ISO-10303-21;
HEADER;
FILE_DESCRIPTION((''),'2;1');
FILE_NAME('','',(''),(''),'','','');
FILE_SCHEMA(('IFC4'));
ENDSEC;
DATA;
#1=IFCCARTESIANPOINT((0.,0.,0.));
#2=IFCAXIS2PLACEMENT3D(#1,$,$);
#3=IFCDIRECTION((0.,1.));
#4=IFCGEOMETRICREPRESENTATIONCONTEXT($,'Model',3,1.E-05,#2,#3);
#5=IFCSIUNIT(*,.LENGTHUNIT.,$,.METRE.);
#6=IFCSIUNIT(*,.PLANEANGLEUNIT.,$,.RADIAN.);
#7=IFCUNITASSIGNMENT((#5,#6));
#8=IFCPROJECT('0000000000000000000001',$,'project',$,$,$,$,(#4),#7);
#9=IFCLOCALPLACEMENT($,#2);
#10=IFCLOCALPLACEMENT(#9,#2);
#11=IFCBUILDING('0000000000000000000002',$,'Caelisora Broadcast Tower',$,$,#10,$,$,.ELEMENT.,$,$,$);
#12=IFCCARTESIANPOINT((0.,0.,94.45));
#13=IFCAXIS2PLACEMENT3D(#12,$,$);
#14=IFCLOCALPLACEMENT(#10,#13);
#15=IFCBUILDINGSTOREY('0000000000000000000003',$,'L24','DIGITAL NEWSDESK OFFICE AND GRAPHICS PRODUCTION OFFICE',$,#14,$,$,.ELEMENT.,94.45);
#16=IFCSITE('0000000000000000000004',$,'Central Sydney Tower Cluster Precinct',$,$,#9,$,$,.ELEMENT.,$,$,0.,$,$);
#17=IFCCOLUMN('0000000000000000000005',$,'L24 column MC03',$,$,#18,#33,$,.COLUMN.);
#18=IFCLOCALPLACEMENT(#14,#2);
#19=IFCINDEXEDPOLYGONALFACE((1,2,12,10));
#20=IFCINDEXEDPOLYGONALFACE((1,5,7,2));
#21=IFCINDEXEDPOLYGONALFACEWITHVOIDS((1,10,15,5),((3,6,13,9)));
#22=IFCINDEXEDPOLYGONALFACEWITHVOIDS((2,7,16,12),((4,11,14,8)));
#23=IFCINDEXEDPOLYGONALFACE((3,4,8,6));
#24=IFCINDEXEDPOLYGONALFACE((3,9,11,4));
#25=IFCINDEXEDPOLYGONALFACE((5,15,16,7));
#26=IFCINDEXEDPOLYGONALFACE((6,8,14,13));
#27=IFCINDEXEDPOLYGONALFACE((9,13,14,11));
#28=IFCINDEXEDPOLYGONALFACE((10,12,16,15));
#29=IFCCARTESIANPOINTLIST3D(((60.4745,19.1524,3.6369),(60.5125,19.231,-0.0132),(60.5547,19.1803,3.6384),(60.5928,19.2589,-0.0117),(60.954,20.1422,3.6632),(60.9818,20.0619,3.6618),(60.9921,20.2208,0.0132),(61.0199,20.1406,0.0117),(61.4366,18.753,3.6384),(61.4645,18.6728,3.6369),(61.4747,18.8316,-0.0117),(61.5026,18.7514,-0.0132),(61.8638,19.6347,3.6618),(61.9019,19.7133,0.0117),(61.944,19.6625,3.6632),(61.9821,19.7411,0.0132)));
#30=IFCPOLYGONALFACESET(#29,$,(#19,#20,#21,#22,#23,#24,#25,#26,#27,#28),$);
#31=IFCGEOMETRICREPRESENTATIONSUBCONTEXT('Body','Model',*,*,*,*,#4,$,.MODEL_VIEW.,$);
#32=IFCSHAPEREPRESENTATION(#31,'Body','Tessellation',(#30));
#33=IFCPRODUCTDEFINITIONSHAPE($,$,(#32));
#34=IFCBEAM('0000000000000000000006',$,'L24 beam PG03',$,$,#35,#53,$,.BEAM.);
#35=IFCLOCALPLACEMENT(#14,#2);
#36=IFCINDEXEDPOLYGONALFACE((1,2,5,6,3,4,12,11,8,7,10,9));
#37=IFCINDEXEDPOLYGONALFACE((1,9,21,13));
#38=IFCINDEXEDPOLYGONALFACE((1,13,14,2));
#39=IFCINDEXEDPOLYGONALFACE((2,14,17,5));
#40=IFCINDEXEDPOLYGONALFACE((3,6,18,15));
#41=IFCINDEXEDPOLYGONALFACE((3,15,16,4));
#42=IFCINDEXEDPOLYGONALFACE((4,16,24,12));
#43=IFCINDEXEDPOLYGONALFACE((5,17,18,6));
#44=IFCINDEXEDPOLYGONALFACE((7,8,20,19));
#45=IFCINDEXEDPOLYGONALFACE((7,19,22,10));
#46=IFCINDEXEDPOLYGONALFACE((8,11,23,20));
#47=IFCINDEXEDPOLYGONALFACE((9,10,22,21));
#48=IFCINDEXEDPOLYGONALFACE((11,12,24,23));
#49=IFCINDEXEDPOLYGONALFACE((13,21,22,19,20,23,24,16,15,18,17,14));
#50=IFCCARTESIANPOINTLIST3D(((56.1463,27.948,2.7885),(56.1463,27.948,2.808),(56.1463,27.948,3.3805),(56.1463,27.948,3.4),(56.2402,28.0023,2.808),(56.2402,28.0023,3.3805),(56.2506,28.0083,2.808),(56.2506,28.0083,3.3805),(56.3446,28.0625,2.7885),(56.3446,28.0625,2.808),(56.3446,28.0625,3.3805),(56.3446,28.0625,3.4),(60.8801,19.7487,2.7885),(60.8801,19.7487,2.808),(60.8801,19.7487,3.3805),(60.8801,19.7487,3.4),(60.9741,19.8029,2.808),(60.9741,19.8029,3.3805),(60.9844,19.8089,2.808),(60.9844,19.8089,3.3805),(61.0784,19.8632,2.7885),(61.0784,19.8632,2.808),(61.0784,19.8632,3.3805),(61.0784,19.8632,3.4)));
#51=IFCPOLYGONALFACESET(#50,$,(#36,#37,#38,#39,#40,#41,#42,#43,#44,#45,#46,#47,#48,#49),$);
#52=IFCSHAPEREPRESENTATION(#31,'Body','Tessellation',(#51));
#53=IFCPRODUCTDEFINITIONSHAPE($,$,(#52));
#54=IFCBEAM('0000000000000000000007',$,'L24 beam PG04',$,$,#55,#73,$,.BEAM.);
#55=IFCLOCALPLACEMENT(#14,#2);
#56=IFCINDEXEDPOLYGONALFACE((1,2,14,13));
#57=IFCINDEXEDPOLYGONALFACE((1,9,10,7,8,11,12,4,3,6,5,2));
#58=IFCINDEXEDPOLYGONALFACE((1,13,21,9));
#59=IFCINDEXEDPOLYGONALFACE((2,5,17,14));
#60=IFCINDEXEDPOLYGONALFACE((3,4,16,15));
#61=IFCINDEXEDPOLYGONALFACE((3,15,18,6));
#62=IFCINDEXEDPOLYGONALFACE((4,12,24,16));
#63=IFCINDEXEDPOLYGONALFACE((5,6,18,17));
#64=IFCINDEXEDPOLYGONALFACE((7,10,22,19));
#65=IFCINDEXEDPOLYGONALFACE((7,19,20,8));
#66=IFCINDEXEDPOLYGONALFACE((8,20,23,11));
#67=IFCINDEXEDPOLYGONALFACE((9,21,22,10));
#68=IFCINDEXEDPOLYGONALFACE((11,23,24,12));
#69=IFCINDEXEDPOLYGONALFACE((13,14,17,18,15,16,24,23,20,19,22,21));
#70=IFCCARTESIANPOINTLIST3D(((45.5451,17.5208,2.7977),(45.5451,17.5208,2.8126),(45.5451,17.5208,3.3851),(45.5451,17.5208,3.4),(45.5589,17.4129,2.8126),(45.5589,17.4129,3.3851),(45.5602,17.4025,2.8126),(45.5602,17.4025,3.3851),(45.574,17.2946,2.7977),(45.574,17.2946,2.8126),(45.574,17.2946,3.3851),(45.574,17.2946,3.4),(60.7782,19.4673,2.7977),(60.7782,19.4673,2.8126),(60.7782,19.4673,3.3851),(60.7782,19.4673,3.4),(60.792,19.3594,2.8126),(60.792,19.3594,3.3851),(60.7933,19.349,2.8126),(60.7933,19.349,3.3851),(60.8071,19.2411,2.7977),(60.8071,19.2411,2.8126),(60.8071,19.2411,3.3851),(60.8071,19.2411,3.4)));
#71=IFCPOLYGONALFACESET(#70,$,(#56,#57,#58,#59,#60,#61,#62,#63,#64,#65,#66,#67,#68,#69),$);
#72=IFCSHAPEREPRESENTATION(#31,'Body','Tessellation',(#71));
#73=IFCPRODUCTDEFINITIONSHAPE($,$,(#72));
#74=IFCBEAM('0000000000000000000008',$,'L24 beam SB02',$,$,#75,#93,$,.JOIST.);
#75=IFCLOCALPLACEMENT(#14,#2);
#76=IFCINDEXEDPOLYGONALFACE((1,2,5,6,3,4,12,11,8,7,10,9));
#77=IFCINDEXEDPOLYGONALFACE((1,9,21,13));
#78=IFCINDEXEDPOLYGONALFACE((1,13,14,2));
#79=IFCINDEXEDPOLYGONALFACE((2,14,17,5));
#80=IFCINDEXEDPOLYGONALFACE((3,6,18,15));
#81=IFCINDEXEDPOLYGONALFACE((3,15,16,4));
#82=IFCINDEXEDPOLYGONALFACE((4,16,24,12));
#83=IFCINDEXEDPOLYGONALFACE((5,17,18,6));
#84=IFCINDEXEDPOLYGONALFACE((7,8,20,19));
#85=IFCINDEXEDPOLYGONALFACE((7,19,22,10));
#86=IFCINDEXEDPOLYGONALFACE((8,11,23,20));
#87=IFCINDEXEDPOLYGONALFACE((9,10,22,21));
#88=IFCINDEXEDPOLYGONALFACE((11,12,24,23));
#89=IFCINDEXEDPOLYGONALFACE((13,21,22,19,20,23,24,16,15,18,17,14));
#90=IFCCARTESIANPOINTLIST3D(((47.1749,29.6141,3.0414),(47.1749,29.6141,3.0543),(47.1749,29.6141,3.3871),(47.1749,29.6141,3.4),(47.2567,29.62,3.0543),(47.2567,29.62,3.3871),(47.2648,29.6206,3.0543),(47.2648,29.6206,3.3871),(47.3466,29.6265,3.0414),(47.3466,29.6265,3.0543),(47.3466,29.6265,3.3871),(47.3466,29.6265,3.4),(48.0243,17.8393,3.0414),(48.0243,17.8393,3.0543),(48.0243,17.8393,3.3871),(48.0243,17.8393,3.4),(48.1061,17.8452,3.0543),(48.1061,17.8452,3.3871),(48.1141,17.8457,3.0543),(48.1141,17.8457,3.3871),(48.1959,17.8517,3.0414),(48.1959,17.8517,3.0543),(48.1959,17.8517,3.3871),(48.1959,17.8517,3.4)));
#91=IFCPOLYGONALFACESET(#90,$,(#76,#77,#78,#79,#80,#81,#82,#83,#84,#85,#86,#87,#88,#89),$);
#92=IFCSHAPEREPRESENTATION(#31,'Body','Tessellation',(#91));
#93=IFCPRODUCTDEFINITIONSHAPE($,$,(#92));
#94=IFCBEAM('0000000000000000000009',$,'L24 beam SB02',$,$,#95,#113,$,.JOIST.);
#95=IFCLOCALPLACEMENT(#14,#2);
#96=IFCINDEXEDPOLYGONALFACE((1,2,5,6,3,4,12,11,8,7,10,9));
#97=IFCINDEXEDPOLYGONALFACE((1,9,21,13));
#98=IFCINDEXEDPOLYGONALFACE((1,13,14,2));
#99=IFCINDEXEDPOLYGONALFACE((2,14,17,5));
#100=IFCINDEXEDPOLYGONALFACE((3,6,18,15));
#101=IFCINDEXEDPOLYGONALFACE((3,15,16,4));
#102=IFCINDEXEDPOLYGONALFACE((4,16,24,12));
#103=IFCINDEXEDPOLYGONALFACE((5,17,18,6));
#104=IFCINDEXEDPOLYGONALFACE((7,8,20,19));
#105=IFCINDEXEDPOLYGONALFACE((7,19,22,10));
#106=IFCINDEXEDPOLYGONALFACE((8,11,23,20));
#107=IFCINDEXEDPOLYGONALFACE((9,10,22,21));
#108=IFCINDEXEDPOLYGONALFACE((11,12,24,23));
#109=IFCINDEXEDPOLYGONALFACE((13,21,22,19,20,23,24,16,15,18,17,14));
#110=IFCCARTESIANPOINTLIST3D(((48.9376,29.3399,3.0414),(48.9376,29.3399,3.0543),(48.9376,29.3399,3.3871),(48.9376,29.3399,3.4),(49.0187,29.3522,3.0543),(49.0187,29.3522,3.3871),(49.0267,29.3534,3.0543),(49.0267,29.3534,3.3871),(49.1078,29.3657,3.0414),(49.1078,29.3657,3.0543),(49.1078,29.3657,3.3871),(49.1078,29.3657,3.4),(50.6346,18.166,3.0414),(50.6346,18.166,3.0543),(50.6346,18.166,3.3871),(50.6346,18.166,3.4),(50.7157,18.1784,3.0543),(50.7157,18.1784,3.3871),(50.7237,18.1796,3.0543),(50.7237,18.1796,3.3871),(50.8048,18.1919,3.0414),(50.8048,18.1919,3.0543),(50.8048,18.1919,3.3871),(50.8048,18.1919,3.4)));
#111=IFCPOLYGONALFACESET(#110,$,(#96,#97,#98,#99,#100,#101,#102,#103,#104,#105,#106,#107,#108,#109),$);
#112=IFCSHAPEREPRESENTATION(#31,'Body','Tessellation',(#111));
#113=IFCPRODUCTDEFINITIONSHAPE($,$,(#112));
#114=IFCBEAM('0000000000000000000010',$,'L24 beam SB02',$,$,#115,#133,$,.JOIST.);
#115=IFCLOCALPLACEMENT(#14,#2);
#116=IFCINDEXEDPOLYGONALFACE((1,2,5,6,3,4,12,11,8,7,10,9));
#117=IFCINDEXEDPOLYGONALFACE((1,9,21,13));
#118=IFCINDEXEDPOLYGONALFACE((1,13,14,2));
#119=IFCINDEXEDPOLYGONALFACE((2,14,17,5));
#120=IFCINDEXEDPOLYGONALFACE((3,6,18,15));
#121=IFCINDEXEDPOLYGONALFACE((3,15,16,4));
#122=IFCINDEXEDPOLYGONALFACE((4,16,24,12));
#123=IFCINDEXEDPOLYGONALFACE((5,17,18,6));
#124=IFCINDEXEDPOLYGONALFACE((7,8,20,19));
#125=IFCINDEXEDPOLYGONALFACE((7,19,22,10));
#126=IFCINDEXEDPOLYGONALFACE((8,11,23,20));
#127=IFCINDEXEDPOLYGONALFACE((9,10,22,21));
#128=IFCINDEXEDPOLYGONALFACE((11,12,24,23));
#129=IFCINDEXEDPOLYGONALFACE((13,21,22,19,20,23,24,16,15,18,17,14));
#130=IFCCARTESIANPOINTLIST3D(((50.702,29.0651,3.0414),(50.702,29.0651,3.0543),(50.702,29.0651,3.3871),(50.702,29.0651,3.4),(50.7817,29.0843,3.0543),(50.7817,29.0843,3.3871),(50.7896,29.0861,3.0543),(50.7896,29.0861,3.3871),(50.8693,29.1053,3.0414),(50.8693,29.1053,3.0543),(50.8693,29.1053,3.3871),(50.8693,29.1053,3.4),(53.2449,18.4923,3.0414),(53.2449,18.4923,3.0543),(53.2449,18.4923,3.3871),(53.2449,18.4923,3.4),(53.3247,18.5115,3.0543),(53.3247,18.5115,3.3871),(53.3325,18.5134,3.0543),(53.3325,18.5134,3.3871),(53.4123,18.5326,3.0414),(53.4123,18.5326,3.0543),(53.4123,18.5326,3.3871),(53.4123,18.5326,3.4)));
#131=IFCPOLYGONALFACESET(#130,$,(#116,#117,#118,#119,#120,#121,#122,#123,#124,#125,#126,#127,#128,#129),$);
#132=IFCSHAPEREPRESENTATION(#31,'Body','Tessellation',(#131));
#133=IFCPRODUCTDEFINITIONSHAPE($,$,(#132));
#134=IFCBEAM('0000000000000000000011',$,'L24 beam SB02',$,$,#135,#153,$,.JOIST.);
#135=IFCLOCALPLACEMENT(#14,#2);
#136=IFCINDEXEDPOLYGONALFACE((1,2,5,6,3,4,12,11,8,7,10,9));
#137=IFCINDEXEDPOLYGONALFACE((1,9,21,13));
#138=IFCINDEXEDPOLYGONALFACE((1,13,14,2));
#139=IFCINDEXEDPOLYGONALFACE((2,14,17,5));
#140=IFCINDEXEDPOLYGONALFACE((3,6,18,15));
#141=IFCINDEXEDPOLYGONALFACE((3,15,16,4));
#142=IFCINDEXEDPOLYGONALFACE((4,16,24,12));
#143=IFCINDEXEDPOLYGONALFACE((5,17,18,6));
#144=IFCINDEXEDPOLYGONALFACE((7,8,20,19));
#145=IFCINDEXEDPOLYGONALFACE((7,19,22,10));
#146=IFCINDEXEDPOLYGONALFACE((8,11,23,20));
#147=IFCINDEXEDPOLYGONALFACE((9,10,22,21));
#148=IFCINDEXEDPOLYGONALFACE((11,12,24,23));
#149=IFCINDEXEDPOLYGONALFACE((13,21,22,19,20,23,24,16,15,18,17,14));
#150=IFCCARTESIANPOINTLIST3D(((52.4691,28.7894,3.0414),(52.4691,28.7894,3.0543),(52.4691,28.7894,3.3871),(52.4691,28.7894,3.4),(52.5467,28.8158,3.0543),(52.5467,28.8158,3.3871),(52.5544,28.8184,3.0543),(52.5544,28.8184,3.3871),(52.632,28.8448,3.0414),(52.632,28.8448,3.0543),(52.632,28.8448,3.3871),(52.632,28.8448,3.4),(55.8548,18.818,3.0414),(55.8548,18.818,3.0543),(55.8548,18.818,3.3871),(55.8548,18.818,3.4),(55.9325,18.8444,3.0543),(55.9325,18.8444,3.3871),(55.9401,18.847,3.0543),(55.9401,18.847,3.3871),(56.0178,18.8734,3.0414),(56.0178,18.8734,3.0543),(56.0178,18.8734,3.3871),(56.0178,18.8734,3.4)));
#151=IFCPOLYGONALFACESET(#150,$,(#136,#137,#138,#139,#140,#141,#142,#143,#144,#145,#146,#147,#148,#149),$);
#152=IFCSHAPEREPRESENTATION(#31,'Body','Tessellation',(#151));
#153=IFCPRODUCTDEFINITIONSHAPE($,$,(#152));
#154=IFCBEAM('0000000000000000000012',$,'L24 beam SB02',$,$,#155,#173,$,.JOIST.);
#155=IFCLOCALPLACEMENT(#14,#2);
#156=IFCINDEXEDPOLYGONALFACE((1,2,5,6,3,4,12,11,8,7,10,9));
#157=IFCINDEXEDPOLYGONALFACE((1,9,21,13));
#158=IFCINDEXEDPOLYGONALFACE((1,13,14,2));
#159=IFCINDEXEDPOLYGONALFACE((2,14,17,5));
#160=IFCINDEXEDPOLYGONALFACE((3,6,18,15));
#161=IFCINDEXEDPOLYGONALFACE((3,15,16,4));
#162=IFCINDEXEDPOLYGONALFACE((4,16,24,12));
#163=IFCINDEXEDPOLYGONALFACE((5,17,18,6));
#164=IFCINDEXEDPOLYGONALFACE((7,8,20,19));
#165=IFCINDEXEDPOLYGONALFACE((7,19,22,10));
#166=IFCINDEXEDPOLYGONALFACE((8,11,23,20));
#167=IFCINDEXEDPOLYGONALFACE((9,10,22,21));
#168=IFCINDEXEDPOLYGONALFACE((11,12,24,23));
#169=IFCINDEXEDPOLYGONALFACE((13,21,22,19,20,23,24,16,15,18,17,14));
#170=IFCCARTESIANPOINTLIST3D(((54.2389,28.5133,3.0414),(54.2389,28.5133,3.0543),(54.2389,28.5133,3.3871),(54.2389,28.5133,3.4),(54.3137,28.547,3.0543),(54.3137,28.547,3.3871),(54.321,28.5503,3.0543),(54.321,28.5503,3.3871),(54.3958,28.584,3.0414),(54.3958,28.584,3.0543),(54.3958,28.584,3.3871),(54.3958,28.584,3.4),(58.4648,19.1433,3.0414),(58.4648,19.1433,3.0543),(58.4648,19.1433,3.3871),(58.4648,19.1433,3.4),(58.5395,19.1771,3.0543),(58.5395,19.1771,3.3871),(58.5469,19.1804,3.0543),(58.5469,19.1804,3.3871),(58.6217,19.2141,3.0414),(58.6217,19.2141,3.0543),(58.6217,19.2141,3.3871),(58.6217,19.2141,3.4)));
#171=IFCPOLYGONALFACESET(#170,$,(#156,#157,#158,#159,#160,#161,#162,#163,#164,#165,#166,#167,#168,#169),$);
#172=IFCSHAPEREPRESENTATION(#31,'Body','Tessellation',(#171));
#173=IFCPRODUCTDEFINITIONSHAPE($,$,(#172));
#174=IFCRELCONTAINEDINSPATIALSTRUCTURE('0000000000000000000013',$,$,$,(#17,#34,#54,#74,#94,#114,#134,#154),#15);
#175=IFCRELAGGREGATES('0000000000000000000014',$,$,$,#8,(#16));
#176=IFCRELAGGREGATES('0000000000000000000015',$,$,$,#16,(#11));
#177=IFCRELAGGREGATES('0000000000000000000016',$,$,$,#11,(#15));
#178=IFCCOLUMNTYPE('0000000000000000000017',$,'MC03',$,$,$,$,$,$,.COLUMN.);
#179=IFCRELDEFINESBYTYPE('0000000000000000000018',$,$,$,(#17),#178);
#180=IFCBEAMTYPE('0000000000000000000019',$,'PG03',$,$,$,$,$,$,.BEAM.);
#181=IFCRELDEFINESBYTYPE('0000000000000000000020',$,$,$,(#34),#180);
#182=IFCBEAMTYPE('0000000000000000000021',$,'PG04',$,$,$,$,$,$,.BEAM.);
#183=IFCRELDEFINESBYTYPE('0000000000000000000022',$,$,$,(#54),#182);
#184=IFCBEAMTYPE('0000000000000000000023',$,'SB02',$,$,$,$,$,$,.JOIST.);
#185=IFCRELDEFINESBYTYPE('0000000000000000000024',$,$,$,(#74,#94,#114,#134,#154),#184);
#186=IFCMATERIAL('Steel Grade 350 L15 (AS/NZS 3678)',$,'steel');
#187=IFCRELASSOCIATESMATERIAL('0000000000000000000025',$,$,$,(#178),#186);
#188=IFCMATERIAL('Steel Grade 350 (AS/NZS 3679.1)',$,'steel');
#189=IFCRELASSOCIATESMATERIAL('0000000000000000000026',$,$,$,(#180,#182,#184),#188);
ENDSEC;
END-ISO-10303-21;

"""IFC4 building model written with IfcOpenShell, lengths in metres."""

from ifc_helpers import new_model, si_unit, direction, frame, origin, origin_2d, place, context, subcontext, project, spatial, hollow_rectangle, i_section, extrude, source, transform, mapped, material, material_profile, profile_set, type_object, type_shapes, element, save


model = new_model("IFC4")

# Units and contexts
model_context = context("Model", 3, precision=1e-05, world=origin(), true_north=direction((0.0, 1.0)))
body_context = subcontext(model_context, "Body", "Model", "MODEL_VIEW")
ifc_project = project(units=[si_unit("LENGTHUNIT", "METRE"), si_unit("PLANEANGLEUNIT", "RADIAN")], contexts=[model_context])

# Site, building, storey
site_placement = place(None, origin())
site = spatial("IfcSite", under=ifc_project, at=site_placement, Name="Central Sydney Tower Cluster Precinct", CompositionType="ELEMENT", RefElevation=0.0)
building_placement = place(site_placement, origin())
building = spatial("IfcBuilding", under=site, at=building_placement, Name="Caelisora Broadcast Tower", CompositionType="ELEMENT")
storey_placement = place(building_placement, frame((0.0, 0.0, 94.45)))
storey = spatial("IfcBuildingStorey", under=building, at=storey_placement, Name="L24", Description="DIGITAL NEWSDESK OFFICE AND GRAPHICS PRODUCTION OFFICE", CompositionType="ELEMENT", Elevation=94.45)

# Column
ifc_material_1 = material(Name="Steel Grade 350 L15 (AS/NZS 3678)", Category="steel")
ifc_material_profile_1 = material_profile(ifc_material_1, hollow_rectangle(XDim=1.1001, YDim=1.1001, WallThickness=0.0601, at=origin_2d()), Name="Steel Grade 350 L15 (AS/NZS 3678)")
ifc_profile_set_1 = profile_set([ifc_material_profile_1], Name="Steel Grade 350 L15 (AS/NZS 3678)")
column_type = type_object("IfcColumnType", Name="MC03", PredefinedType="COLUMN", material=ifc_profile_set_1)
shared_shape_1 = source(origin(), body_context, "Body", "SweptSolid", [
    extrude(hollow_rectangle(XDim=1.1001, YDim=1.1001, WallThickness=0.0601, at=origin_2d()), origin(), (0.0, 0.0, 1.0), 3.6511),
])
type_shapes(column_type, [shared_shape_1])
column_placement = place(storey_placement, frame((61.2473, 19.4861, 0.0), z_axis=(-0.010431, -0.021531, 0.999714), x_axis=(0.899947, -0.435999, 0.0)))
element("IfcColumn", 1, at=column_placement, inside=storey, type_object=column_type, Name="L24 column MC03", PredefinedType="COLUMN", context=body_context, shape_type="MappedRepresentation", body=[
    mapped(shared_shape_1, transform((0.0, 0.0, 0.0), scale=1.0)),
])

# Beams
ifc_material_2 = material(Name="Steel Grade 350 (AS/NZS 3679.1)", Category="steel")
ifc_material_profile_2 = material_profile(ifc_material_2, i_section(OverallWidth=0.229, OverallDepth=0.6116, WebThickness=0.012, FlangeThickness=0.0195, at=origin_2d()), Name="Steel Grade 350 (AS/NZS 3679.1)")
ifc_profile_set_2 = profile_set([ifc_material_profile_2], Name="Steel Grade 350 (AS/NZS 3679.1)")
beam_type_1 = type_object("IfcBeamType", Name="PG03", PredefinedType="BEAM", material=ifc_profile_set_2)
shared_shape_2 = source(origin(), body_context, "Body", "SweptSolid", [
    extrude(i_section(OverallWidth=0.229, OverallDepth=0.6116, WebThickness=0.012, FlangeThickness=0.0195, at=origin_2d()), origin(), (0.0, 0.0, 1.0), 9.4678),
])
type_shapes(beam_type_1, [shared_shape_2])
beam_1_placement = place(storey_placement, frame((60.9792, 19.8059, 3.0942), z_axis=(-0.499994, 0.866029, 0.0), x_axis=(-0.866029, -0.499994, 0.0)))
element("IfcBeam", 2, at=beam_1_placement, inside=storey, type_object=beam_type_1, Name="L24 beam PG03", PredefinedType="BEAM", context=body_context, shape_type="MappedRepresentation", body=[
    mapped(shared_shape_2, transform((0.0, 0.0, 0.0), scale=1.0)),
])
ifc_material_profile_3 = material_profile(ifc_material_2, i_section(OverallWidth=0.228, OverallDepth=0.6023, WebThickness=0.0105, FlangeThickness=0.0149, at=origin_2d()), Name="Steel Grade 350 (AS/NZS 3679.1)")
ifc_profile_set_3 = profile_set([ifc_material_profile_3], Name="Steel Grade 350 (AS/NZS 3679.1)")
beam_type_2 = type_object("IfcBeamType", Name="PG04", PredefinedType="BEAM", material=ifc_profile_set_3)
shared_shape_3 = source(origin(), body_context, "Body", "SweptSolid", [
    extrude(i_section(OverallWidth=0.228, OverallDepth=0.6023, WebThickness=0.0105, FlangeThickness=0.0149, at=origin_2d()), origin(), (0.0, 0.0, 1.0), 15.3569),
])
type_shapes(beam_type_2, [shared_shape_3])
beam_2_placement = place(storey_placement, frame((45.5596, 17.4077, 3.0989), z_axis=(0.991934, 0.126752, 0.0), x_axis=(-0.126752, 0.991934, 0.0)))
element("IfcBeam", 3, at=beam_2_placement, inside=storey, type_object=beam_type_2, Name="L24 beam PG04", PredefinedType="BEAM", context=body_context, shape_type="MappedRepresentation", body=[
    mapped(shared_shape_3, transform((0.0, 0.0, 0.0), scale=1.0)),
])
ifc_material_profile_4 = material_profile(ifc_material_2, i_section(OverallWidth=0.1721, OverallDepth=0.3586, WebThickness=0.0081, FlangeThickness=0.0129, at=origin_2d()), Name="Steel Grade 350 (AS/NZS 3679.1)")
ifc_profile_set_4 = profile_set([ifc_material_profile_4], Name="Steel Grade 350 (AS/NZS 3679.1)")
beam_type_3 = type_object("IfcBeamType", Name="SB02", PredefinedType="JOIST", material=ifc_profile_set_4)
shared_shape_4 = source(origin(), body_context, "Body", "SweptSolid", [
    extrude(i_section(OverallWidth=0.1721, OverallDepth=0.3586, WebThickness=0.0081, FlangeThickness=0.0129, at=origin_2d()), origin(), (0.0, 0.0, 1.0), 11.8054),
])
beam_3_placement = place(storey_placement, frame((48.1101, 17.8455, 3.2207), z_axis=(-0.071947, 0.997408, 0.0), x_axis=(-0.997408, -0.071947, 0.0)))
element("IfcBeam", 4, at=beam_3_placement, inside=storey, type_object=beam_type_3, Name="L24 beam SB02", PredefinedType="JOIST", context=body_context, shape_type="MappedRepresentation", body=[
    mapped(shared_shape_4, transform((0.0, 0.0, 0.0), scale=1.0)),
])
shared_shape_5 = source(origin(), body_context, "Body", "SweptSolid", [
    extrude(i_section(OverallWidth=0.1721, OverallDepth=0.3586, WebThickness=0.0081, FlangeThickness=0.0129, at=origin_2d()), origin(), (0.0, 0.0, 1.0), 11.302),
])
beam_4_placement = place(storey_placement, frame((50.7197, 18.179, 3.2207), z_axis=(-0.150153, 0.988663, 0.0), x_axis=(-0.988663, -0.150153, 0.0)))
element("IfcBeam", 5, at=beam_4_placement, inside=storey, type_object=beam_type_3, Name="L24 beam SB02", PredefinedType="JOIST", context=body_context, shape_type="MappedRepresentation", body=[
    mapped(shared_shape_5, transform((0.0, 0.0, 0.0), scale=1.0)),
])
shared_shape_6 = source(origin(), body_context, "Body", "SweptSolid", [
    extrude(i_section(OverallWidth=0.1721, OverallDepth=0.3586, WebThickness=0.0081, FlangeThickness=0.0129, at=origin_2d()), origin(), (0.0, 0.0, 1.0), 10.8743),
])
beam_5_placement = place(storey_placement, frame((53.3286, 18.5125, 3.2207), z_axis=(-0.233852, 0.972272, 0.0), x_axis=(-0.972272, -0.233852, 0.0)))
element("IfcBeam", 6, at=beam_5_placement, inside=storey, type_object=beam_type_3, Name="L24 beam SB02", PredefinedType="JOIST", context=body_context, shape_type="MappedRepresentation", body=[
    mapped(shared_shape_6, transform((0.0, 0.0, 0.0), scale=1.0)),
])
shared_shape_7 = source(origin(), body_context, "Body", "SweptSolid", [
    extrude(i_section(OverallWidth=0.1721, OverallDepth=0.3586, WebThickness=0.0081, FlangeThickness=0.0129, at=origin_2d()), origin(), (0.0, 0.0, 1.0), 10.5305),
])
beam_6_placement = place(storey_placement, frame((55.9363, 18.8457, 3.2207), z_axis=(-0.321516, 0.946904, 0.0), x_axis=(-0.946904, -0.321516, 0.0)))
element("IfcBeam", 7, at=beam_6_placement, inside=storey, type_object=beam_type_3, Name="L24 beam SB02", PredefinedType="JOIST", context=body_context, shape_type="MappedRepresentation", body=[
    mapped(shared_shape_7, transform((0.0, 0.0, 0.0), scale=1.0)),
])
shared_shape_8 = source(origin(), body_context, "Body", "SweptSolid", [
    extrude(i_section(OverallWidth=0.1721, OverallDepth=0.3586, WebThickness=0.0081, FlangeThickness=0.0129, at=origin_2d()), origin(), (0.0, 0.0, 1.0), 10.2788),
])
type_shapes(beam_type_3, [shared_shape_4, shared_shape_5, shared_shape_6, shared_shape_7, shared_shape_8])
beam_7_placement = place(storey_placement, frame((58.5432, 19.1787, 3.2207), z_axis=(-0.411124, 0.911579, 0.0), x_axis=(-0.911579, -0.411124, 0.0)))
element("IfcBeam", 8, at=beam_7_placement, inside=storey, type_object=beam_type_3, Name="L24 beam SB02", PredefinedType="JOIST", context=body_context, shape_type="MappedRepresentation", body=[
    mapped(shared_shape_8, transform((0.0, 0.0, 0.0), scale=1.0)),
])

save(model, "model.ifc")
